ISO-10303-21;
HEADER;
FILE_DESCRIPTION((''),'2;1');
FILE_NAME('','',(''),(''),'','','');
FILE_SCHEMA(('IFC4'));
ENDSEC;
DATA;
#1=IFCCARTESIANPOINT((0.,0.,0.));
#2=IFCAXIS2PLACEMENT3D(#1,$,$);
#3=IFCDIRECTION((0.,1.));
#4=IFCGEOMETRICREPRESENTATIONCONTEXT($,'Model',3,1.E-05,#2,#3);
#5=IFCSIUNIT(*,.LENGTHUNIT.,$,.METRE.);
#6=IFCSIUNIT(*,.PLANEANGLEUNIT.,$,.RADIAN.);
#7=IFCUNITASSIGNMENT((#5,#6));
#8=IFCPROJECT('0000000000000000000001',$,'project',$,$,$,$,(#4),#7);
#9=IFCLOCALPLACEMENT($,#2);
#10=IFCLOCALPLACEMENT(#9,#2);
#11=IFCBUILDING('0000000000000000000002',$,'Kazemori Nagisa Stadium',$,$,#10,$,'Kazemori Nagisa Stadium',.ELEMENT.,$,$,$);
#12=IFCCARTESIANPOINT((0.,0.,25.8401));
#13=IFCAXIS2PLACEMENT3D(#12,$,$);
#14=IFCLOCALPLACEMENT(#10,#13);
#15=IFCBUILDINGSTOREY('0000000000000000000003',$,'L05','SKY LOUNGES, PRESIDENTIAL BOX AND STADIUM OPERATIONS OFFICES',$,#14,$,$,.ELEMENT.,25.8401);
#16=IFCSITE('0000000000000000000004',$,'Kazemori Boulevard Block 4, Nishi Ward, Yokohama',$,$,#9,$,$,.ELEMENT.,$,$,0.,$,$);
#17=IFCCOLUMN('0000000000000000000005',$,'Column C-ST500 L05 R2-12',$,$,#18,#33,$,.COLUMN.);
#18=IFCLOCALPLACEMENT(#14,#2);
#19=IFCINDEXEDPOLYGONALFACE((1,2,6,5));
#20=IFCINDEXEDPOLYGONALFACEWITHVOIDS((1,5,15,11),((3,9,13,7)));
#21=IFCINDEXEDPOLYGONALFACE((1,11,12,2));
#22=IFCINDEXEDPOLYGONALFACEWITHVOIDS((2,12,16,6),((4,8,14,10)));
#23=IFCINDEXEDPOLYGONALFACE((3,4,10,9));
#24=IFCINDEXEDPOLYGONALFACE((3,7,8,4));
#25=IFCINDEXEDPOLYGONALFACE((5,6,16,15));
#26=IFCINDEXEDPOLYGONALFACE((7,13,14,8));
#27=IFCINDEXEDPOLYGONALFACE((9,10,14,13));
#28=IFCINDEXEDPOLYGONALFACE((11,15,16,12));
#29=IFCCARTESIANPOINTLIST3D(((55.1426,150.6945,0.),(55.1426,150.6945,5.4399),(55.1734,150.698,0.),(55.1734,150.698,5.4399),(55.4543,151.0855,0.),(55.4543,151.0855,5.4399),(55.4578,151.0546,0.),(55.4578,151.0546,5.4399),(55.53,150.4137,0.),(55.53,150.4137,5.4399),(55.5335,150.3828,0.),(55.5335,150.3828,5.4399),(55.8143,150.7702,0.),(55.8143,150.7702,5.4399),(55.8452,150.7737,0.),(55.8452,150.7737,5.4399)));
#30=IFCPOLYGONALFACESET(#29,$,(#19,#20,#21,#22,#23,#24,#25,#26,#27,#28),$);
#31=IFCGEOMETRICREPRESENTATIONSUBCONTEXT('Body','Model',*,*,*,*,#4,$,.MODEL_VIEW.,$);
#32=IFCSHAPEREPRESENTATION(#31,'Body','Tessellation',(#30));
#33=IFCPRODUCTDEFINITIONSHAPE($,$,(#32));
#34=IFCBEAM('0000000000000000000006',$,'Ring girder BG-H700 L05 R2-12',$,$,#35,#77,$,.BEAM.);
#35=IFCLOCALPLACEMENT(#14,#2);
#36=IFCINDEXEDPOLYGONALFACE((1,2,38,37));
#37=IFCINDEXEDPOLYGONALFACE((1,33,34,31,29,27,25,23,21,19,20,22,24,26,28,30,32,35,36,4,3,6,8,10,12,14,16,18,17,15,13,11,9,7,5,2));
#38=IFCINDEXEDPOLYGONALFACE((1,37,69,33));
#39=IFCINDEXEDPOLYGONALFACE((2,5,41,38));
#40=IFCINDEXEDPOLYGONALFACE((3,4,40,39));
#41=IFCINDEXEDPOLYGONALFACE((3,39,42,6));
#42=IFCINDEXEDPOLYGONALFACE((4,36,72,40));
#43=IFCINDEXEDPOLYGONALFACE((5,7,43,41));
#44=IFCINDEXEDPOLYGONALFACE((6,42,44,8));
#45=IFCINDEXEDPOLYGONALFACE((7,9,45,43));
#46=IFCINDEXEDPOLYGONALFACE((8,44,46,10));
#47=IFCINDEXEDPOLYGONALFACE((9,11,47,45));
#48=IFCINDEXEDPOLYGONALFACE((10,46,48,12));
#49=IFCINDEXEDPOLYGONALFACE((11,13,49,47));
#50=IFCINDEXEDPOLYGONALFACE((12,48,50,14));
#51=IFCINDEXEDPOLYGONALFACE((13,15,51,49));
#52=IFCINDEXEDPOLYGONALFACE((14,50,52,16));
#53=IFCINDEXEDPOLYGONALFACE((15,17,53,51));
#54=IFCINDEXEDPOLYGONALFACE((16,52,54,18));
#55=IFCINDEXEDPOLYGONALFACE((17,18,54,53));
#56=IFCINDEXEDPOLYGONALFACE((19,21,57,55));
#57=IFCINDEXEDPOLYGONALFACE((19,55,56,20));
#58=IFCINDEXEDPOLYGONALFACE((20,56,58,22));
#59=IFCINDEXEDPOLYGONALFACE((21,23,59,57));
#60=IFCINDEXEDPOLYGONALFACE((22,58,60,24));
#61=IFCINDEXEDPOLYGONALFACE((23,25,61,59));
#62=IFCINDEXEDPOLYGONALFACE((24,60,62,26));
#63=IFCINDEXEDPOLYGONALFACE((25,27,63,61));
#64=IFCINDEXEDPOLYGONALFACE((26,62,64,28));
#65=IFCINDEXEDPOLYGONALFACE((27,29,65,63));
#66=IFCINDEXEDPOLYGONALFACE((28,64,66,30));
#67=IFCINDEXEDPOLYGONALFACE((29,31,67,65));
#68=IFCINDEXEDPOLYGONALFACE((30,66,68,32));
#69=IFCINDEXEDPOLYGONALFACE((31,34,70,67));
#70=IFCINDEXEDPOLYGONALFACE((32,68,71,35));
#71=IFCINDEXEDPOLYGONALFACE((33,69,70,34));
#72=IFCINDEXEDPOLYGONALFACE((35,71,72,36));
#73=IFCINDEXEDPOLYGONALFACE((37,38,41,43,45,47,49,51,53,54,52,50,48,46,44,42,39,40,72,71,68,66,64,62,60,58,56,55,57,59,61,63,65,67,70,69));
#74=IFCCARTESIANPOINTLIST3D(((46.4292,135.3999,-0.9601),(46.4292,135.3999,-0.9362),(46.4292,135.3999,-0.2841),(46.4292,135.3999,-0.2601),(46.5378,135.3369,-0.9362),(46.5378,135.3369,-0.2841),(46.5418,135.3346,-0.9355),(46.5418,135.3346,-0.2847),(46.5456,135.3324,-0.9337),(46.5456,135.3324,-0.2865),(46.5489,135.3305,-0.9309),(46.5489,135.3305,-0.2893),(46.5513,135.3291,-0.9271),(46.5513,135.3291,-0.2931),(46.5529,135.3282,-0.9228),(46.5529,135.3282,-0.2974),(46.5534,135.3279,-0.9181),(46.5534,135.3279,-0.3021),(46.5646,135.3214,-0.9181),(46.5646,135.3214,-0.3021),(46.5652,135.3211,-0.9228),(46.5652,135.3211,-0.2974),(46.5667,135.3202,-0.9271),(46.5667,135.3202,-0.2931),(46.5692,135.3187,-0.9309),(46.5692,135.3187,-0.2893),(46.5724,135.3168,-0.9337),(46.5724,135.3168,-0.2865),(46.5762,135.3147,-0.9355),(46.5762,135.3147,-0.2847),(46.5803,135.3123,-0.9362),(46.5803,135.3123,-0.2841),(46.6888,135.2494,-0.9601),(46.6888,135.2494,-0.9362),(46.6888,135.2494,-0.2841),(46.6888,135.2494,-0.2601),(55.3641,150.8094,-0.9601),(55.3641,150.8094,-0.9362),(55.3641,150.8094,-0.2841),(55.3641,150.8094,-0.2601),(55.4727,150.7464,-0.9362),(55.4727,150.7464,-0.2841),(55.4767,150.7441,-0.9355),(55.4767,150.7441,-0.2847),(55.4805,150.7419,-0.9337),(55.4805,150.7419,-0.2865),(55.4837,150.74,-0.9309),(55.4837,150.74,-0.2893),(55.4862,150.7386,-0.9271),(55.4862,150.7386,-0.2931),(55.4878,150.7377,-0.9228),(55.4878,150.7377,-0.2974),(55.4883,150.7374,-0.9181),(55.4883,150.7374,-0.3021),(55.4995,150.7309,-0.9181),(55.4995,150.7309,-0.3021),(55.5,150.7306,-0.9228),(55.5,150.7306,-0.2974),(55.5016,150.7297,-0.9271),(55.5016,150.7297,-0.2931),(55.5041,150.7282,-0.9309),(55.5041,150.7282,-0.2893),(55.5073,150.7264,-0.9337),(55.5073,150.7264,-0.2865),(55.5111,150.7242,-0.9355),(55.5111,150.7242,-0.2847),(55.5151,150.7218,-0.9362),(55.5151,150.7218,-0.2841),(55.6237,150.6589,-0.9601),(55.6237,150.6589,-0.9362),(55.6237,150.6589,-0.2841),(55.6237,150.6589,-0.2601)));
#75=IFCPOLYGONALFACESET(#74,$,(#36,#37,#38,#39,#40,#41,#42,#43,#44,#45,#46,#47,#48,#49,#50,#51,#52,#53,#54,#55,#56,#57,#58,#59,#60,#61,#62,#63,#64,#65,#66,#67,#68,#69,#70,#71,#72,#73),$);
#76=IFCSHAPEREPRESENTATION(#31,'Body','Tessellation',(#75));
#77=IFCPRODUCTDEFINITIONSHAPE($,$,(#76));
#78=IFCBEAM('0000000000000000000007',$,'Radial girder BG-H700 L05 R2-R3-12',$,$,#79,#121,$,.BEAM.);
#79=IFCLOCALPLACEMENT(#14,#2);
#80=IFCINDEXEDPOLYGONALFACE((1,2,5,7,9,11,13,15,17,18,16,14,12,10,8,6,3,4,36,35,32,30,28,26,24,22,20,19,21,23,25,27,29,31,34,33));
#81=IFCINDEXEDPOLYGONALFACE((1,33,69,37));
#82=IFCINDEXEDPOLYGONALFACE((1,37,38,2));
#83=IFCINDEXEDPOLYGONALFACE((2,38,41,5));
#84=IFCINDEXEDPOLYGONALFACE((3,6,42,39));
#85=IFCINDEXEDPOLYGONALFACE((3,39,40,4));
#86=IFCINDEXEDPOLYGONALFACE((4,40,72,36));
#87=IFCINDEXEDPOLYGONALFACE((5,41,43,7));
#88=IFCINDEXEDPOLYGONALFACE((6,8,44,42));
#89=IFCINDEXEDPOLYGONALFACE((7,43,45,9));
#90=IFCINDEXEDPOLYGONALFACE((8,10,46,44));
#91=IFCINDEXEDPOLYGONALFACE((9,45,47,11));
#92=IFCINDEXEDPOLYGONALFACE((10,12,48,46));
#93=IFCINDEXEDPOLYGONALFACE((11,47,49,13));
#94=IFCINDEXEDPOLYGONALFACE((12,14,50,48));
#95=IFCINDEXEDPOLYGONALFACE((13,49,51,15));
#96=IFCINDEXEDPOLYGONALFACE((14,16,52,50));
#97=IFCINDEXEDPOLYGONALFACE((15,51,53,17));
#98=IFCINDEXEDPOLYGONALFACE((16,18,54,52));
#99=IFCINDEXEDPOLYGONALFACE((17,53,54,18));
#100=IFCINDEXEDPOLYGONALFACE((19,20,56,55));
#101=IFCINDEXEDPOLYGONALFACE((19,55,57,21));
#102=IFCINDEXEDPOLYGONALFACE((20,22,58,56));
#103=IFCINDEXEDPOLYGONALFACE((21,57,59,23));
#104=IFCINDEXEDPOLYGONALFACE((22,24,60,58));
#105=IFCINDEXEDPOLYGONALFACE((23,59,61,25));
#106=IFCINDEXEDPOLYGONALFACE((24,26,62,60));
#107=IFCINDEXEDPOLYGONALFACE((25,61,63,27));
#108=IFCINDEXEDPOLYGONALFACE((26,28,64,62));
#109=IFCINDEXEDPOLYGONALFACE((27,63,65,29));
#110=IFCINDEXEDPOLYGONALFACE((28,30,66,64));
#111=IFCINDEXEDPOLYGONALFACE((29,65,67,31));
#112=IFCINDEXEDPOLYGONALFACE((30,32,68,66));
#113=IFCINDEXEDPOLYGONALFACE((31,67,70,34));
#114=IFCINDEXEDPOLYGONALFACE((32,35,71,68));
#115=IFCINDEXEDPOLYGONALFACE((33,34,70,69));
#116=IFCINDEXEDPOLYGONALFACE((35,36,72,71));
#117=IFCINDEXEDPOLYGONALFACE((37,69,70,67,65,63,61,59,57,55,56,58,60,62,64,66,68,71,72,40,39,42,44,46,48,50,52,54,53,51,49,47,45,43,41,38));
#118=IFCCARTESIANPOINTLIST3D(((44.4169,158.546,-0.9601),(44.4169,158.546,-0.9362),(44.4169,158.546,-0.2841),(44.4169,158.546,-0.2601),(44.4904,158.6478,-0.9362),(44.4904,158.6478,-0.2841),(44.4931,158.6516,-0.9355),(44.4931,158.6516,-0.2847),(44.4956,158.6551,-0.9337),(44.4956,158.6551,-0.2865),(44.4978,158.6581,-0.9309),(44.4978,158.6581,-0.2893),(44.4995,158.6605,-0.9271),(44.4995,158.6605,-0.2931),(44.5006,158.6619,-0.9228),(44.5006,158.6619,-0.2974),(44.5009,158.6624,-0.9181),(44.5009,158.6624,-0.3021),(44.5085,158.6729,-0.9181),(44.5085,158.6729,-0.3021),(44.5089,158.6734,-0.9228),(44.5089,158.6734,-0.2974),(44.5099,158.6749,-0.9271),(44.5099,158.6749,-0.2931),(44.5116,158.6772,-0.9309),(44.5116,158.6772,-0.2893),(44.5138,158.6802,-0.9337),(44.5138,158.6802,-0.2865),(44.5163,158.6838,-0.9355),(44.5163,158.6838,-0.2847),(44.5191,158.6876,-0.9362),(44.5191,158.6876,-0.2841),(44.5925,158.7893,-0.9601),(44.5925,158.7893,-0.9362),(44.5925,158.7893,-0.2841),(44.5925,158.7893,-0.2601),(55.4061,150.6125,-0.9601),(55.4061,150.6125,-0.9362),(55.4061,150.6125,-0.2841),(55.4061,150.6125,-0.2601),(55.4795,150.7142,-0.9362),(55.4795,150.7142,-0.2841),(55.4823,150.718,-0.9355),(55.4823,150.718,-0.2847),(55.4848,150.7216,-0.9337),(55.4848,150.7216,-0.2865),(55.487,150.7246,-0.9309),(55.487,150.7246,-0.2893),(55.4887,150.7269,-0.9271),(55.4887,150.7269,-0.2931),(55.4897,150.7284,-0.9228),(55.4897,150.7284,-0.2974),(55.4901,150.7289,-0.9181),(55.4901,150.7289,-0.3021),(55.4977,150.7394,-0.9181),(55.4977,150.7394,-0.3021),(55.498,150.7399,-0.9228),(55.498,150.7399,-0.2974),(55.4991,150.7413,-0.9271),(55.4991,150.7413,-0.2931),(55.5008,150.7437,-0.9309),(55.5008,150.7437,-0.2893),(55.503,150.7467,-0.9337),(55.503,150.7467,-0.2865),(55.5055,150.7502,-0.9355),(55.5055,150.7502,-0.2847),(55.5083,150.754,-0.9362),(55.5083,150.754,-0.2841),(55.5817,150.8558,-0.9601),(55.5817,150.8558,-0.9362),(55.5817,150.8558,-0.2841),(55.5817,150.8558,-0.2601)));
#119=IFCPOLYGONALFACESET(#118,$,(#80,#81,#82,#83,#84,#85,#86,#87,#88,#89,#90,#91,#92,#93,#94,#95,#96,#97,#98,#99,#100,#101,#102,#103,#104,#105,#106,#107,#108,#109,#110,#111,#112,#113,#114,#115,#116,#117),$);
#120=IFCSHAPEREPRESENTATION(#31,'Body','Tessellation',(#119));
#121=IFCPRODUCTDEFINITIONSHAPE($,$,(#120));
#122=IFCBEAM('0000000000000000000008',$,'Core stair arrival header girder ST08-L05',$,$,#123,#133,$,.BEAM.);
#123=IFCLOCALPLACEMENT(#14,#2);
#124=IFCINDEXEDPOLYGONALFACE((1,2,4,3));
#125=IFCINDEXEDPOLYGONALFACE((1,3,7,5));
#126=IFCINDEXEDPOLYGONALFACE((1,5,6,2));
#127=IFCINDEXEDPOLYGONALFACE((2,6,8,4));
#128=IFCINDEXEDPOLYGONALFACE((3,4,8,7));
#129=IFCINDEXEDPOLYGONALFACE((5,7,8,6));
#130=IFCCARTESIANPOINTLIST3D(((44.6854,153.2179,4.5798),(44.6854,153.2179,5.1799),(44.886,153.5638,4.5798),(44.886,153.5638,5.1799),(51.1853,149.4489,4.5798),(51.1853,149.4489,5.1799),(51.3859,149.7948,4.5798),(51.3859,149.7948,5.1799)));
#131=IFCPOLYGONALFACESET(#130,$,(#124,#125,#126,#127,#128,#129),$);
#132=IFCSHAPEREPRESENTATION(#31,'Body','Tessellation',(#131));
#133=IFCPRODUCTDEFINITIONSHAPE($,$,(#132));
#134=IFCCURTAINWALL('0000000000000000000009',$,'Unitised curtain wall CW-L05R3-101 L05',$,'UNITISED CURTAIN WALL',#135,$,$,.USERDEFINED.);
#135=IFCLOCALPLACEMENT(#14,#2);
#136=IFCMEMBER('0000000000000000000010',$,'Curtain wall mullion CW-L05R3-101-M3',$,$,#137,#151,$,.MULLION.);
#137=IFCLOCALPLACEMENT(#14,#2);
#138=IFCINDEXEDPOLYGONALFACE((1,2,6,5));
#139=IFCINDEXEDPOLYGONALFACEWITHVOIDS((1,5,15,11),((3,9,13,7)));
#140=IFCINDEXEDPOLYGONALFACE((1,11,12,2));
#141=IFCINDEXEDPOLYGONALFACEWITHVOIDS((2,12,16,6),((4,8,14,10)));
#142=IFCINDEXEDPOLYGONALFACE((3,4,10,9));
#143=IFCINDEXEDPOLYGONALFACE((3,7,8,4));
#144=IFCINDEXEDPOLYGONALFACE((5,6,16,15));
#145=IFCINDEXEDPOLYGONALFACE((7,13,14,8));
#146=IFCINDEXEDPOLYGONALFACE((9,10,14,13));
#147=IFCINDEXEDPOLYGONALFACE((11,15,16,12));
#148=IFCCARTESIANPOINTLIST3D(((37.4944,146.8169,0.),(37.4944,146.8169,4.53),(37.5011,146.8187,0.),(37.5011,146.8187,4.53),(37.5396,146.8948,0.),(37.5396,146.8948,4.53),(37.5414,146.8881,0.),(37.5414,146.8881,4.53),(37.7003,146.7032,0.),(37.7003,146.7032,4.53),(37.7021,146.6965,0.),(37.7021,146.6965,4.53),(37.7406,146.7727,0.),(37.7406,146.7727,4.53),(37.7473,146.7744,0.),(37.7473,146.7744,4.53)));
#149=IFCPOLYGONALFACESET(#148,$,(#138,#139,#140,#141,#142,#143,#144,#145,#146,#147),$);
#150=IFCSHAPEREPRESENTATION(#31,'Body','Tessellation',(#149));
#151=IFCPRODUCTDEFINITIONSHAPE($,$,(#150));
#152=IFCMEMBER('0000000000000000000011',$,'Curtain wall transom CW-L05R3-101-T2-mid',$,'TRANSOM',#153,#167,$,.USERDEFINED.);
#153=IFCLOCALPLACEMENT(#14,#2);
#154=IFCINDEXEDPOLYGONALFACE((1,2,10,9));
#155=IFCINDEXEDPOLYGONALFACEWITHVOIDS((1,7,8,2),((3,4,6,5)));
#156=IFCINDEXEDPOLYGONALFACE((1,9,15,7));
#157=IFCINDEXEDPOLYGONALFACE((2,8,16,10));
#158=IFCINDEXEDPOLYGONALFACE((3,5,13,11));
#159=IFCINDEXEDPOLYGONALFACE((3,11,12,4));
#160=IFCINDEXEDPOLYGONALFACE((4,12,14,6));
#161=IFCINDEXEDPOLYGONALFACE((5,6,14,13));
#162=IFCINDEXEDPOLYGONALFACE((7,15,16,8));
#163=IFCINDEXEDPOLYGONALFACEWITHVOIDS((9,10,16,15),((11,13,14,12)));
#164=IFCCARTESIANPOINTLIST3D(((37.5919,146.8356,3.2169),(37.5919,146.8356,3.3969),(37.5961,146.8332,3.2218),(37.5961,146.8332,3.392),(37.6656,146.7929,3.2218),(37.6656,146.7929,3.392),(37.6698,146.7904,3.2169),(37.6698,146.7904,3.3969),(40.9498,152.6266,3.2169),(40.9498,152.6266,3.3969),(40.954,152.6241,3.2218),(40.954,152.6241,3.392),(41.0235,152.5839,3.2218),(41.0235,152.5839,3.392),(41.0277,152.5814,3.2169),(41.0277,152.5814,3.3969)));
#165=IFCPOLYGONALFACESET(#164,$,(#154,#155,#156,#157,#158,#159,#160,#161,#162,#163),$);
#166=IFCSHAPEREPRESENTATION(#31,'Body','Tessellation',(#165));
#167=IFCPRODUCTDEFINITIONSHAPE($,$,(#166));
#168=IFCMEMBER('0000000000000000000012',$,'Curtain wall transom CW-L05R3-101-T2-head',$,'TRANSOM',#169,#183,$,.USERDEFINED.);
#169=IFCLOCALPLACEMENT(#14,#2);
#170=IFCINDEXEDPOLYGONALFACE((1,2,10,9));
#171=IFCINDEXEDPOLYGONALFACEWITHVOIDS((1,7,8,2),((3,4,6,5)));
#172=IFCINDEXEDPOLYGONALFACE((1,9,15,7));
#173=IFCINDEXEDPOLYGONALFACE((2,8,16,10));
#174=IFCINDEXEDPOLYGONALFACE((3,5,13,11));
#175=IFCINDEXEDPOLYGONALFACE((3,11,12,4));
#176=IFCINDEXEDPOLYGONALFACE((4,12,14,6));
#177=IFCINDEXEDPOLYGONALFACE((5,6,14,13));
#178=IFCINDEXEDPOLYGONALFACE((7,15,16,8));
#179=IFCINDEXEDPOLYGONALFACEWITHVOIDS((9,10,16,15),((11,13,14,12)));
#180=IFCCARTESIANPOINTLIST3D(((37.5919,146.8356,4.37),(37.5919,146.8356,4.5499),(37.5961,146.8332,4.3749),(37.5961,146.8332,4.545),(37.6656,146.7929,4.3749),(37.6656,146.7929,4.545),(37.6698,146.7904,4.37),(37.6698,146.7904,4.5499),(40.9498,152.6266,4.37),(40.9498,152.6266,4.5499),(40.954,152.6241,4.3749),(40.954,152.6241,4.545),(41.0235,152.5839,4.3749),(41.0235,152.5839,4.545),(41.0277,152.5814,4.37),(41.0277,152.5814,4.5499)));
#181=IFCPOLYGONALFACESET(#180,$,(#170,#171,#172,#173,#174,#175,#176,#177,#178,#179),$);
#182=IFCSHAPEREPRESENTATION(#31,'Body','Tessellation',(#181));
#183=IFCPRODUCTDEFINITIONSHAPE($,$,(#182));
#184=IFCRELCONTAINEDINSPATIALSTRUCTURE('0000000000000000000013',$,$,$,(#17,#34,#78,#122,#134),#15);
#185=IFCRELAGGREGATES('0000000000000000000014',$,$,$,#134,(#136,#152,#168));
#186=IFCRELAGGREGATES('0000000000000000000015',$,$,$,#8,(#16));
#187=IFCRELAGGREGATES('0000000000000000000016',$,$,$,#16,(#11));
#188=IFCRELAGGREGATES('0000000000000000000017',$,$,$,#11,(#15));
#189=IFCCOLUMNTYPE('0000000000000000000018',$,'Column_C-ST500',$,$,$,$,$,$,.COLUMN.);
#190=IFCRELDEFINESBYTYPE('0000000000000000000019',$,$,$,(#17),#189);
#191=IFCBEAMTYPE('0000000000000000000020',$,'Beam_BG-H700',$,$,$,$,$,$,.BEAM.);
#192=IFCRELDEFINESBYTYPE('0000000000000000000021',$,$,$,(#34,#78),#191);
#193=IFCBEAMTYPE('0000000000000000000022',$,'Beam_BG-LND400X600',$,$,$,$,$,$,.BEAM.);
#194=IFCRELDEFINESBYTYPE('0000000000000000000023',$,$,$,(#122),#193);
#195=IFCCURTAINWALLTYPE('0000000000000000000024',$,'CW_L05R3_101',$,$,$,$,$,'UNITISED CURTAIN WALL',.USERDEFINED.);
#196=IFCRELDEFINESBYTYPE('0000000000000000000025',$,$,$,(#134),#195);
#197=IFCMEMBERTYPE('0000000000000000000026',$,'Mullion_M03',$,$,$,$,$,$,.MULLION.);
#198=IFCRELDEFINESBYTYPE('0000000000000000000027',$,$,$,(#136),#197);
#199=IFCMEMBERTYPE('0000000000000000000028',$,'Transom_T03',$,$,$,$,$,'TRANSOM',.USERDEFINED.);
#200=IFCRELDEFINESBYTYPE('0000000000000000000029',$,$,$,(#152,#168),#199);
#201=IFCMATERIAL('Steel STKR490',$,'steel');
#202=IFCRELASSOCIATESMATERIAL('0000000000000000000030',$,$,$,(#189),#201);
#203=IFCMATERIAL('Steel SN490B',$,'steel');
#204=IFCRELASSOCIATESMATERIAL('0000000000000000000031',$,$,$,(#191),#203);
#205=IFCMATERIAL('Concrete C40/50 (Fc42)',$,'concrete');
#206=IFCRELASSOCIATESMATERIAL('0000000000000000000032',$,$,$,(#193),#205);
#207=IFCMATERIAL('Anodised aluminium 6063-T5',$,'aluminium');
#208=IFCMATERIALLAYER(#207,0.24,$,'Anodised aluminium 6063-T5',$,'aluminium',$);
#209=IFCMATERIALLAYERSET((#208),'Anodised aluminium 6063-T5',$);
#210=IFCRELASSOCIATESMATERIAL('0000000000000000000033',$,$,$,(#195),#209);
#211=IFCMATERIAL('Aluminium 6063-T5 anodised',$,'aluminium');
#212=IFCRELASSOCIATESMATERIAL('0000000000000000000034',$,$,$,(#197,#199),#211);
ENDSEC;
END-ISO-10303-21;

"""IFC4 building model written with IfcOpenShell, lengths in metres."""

from ifc_helpers import new_model, si_unit, direction, frame, origin, origin_2d, place, context, subcontext, project, spatial, rectangle, hollow_rectangle, i_section, extrude, material, layer, layer_set, material_profile, profile_set, type_object, element, aggregate, save


model = new_model("IFC4")

# Units and contexts
model_context = context("Model", 3, precision=1e-05, world=origin(), true_north=direction((0.0, 1.0)))
body_context = subcontext(model_context, "Body", "Model", "MODEL_VIEW")
ifc_project = project(units=[si_unit("LENGTHUNIT", "METRE"), si_unit("PLANEANGLEUNIT", "RADIAN")], contexts=[model_context])

# Site, building, storey
site_placement = place(None, origin())
site = spatial("IfcSite", under=ifc_project, at=site_placement, Name="Kazemori Boulevard Block 4, Nishi Ward, Yokohama", CompositionType="ELEMENT", RefElevation=0.0)
building_placement = place(site_placement, origin())
building = spatial("IfcBuilding", under=site, at=building_placement, Name="Kazemori Nagisa Stadium", LongName="Kazemori Nagisa Stadium", CompositionType="ELEMENT")
storey_placement = place(building_placement, frame((0.0, 0.0, 25.8401)))
storey = spatial("IfcBuildingStorey", under=building, at=storey_placement, Name="L05", Description="SKY LOUNGES, PRESIDENTIAL BOX AND STADIUM OPERATIONS OFFICES", CompositionType="ELEMENT", Elevation=25.8401)

# Column
ifc_material_1 = material(Name="Steel STKR490", Category="steel")
ifc_material_profile_1 = material_profile(ifc_material_1, hollow_rectangle(XDim=0.5, YDim=0.5, WallThickness=0.022, at=origin_2d()), Name="SHS-500x500x22")
ifc_profile_set_1 = profile_set([ifc_material_profile_1], Name="Steel STKR490")
column_type = type_object("IfcColumnType", Name="Column_C-ST500", PredefinedType="COLUMN", material=ifc_profile_set_1)
column_placement = place(storey_placement, frame((55.4939, 150.7341, 0.0), z_axis=(0.0, 0.0, 1.0), x_axis=(-0.781831, 0.62349, 0.0)))
element("IfcColumn", 1, at=column_placement, inside=storey, type_object=column_type, Name="Column C-ST500 L05 R2-12", PredefinedType="COLUMN", context=body_context, shape_type="SweptSolid", body=[
    extrude(hollow_rectangle(XDim=0.5, YDim=0.5, WallThickness=0.022, at=origin_2d()), origin(), (0.0, 0.0, 1.0), 5.4399),
])

# Beams
ifc_material_2 = material(Name="Steel SN490B", Category="steel")
ifc_material_profile_2 = material_profile(ifc_material_2, i_section(OverallWidth=0.3, OverallDepth=0.7, WebThickness=0.0129, FlangeThickness=0.0239, FilletRadius=0.0181, at=origin_2d()), Name="H-700x300x13x24")
ifc_profile_set_2 = profile_set([ifc_material_profile_2], Name="Steel SN490B")
beam_type_1 = type_object("IfcBeamType", Name="Beam_BG-H700", PredefinedType="BEAM", material=ifc_profile_set_2)
beam_1_placement = place(storey_placement, frame((55.4939, 150.7341, -0.6101), z_axis=(-0.501607, -0.865096, 0.0), x_axis=(0.865096, -0.501607, 0.0)))
element("IfcBeam", 2, at=beam_1_placement, inside=storey, type_object=beam_type_1, Name="Ring girder BG-H700 L05 R2-12", PredefinedType="BEAM", context=body_context, shape_type="SweptSolid", body=[
    extrude(i_section(OverallWidth=0.3, OverallDepth=0.7, WebThickness=0.0129, FlangeThickness=0.0239, FilletRadius=0.0181, at=origin_2d()), origin(), (0.0, 0.0, 1.0), 17.8125),
])
beam_2_placement = place(storey_placement, frame((55.4939, 150.7341, -0.6101), z_axis=(-0.810788, 0.585341, 0.0), x_axis=(-0.585341, -0.810788, 0.0)))
element("IfcBeam", 3, at=beam_2_placement, inside=storey, type_object=beam_type_1, Name="Radial girder BG-H700 L05 R2-R3-12", PredefinedType="BEAM", context=body_context, shape_type="SweptSolid", body=[
    extrude(i_section(OverallWidth=0.3, OverallDepth=0.7, WebThickness=0.0129, FlangeThickness=0.0239, FilletRadius=0.0181, at=origin_2d()), origin(), (0.0, 0.0, 1.0), 13.5537),
])
ifc_material_3 = material(Name="Concrete C40/50 (Fc42)", Category="concrete")
ifc_material_profile_3 = material_profile(ifc_material_3, rectangle(XDim=0.3999, YDim=0.6001, at=origin_2d()), Name="RC-BM-400x600")
ifc_profile_set_3 = profile_set([ifc_material_profile_3], Name="Concrete C40/50 (Fc42)")
beam_type_2 = type_object("IfcBeamType", Name="Beam_BG-LND400X600", PredefinedType="BEAM", material=ifc_profile_set_3)
beam_3_placement = place(storey_placement, frame((51.2856, 149.6218, 4.8799), z_axis=(-0.865086, 0.501623, 0.0), x_axis=(-0.501623, -0.865086, 0.0)))
element("IfcBeam", 4, at=beam_3_placement, inside=storey, type_object=beam_type_2, Name="Core stair arrival header girder ST08-L05", PredefinedType="BEAM", context=body_context, shape_type="SweptSolid", body=[
    extrude(rectangle(XDim=0.3999, YDim=0.6001, at=origin_2d()), origin(), (0.0, 0.0, 1.0), 7.5137),
])

# Curtain wall, members
ifc_material_4 = material(Name="Anodised aluminium 6063-T5", Category="aluminium")
ifc_layer_1 = layer(ifc_material_4, 0.24, Name="Anodised aluminium 6063-T5", Category="aluminium")
ifc_layer_set_1 = layer_set([ifc_layer_1], Name="Anodised aluminium 6063-T5")
curtain_wall_type = type_object("IfcCurtainWallType", Name="CW_L05R3_101", ElementType="UNITISED CURTAIN WALL", PredefinedType="USERDEFINED", material=ifc_layer_set_1)
curtain_wall_placement = place(storey_placement, origin())
curtain_wall = element("IfcCurtainWall", 5, at=curtain_wall_placement, inside=storey, type_object=curtain_wall_type, Name="Unitised curtain wall CW-L05R3-101 L05", ObjectType="UNITISED CURTAIN WALL", PredefinedType="USERDEFINED")
ifc_material_5 = material(Name="Aluminium 6063-T5 anodised", Category="aluminium")
ifc_material_profile_4 = material_profile(ifc_material_5, hollow_rectangle(XDim=0.0901, YDim=0.24, WallThickness=0.0049, at=origin_2d()), Name="ALU-MULL-90x240x5")
ifc_profile_set_4 = profile_set([ifc_material_profile_4], Name="Aluminium 6063-T5 anodised")
member_type_1 = type_object("IfcMemberType", Name="Mullion_M03", PredefinedType="MULLION", material=ifc_profile_set_4)
member_1_placement = place(storey_placement, frame((37.6208, 146.7957, 0.0), z_axis=(0.0, 0.0, 1.0), x_axis=(-0.501612, -0.865093, 0.0)))
member_1 = element("IfcMember", 6, at=member_1_placement, type_object=member_type_1, Name="Curtain wall mullion CW-L05R3-101-M3", PredefinedType="MULLION", context=body_context, shape_type="SweptSolid", body=[
    extrude(hollow_rectangle(XDim=0.0901, YDim=0.24, WallThickness=0.0049, at=origin_2d()), origin(), (0.0, 0.0, 1.0), 4.53),
])
ifc_material_profile_5 = material_profile(ifc_material_5, hollow_rectangle(XDim=0.0901, YDim=0.1799, WallThickness=0.0049, at=origin_2d()), Name="ALU-TRAN-90x180x5")
ifc_profile_set_5 = profile_set([ifc_material_profile_5], Name="Aluminium 6063-T5 anodised")
member_type_2 = type_object("IfcMemberType", Name="Transom_T03", ElementType="TRANSOM", PredefinedType="USERDEFINED", material=ifc_profile_set_5)
member_2_placement = place(storey_placement, frame((40.9888, 152.604, 3.3069), z_axis=(-0.50162, -0.865088, 0.0), x_axis=(0.865088, -0.50162, 0.0)))
member_2 = element("IfcMember", 7, at=member_2_placement, type_object=member_type_2, Name="Curtain wall transom CW-L05R3-101-T2-mid", ObjectType="TRANSOM", PredefinedType="USERDEFINED", context=body_context, shape_type="SweptSolid", body=[
    extrude(hollow_rectangle(XDim=0.0901, YDim=0.1799, WallThickness=0.0049, at=origin_2d()), origin(), (0.0, 0.0, 1.0), 6.6941),
])
member_3_placement = place(storey_placement, frame((40.9888, 152.604, 4.46), z_axis=(-0.50162, -0.865088, 0.0), x_axis=(0.865088, -0.50162, 0.0)))
member_3 = element("IfcMember", 8, at=member_3_placement, type_object=member_type_2, Name="Curtain wall transom CW-L05R3-101-T2-head", ObjectType="TRANSOM", PredefinedType="USERDEFINED", context=body_context, shape_type="SweptSolid", body=[
    extrude(hollow_rectangle(XDim=0.0901, YDim=0.1799, WallThickness=0.0049, at=origin_2d()), origin(), (0.0, 0.0, 1.0), 6.6941),
])
aggregate(curtain_wall, [member_1, member_2, member_3])

save(model, "model.ifc")
